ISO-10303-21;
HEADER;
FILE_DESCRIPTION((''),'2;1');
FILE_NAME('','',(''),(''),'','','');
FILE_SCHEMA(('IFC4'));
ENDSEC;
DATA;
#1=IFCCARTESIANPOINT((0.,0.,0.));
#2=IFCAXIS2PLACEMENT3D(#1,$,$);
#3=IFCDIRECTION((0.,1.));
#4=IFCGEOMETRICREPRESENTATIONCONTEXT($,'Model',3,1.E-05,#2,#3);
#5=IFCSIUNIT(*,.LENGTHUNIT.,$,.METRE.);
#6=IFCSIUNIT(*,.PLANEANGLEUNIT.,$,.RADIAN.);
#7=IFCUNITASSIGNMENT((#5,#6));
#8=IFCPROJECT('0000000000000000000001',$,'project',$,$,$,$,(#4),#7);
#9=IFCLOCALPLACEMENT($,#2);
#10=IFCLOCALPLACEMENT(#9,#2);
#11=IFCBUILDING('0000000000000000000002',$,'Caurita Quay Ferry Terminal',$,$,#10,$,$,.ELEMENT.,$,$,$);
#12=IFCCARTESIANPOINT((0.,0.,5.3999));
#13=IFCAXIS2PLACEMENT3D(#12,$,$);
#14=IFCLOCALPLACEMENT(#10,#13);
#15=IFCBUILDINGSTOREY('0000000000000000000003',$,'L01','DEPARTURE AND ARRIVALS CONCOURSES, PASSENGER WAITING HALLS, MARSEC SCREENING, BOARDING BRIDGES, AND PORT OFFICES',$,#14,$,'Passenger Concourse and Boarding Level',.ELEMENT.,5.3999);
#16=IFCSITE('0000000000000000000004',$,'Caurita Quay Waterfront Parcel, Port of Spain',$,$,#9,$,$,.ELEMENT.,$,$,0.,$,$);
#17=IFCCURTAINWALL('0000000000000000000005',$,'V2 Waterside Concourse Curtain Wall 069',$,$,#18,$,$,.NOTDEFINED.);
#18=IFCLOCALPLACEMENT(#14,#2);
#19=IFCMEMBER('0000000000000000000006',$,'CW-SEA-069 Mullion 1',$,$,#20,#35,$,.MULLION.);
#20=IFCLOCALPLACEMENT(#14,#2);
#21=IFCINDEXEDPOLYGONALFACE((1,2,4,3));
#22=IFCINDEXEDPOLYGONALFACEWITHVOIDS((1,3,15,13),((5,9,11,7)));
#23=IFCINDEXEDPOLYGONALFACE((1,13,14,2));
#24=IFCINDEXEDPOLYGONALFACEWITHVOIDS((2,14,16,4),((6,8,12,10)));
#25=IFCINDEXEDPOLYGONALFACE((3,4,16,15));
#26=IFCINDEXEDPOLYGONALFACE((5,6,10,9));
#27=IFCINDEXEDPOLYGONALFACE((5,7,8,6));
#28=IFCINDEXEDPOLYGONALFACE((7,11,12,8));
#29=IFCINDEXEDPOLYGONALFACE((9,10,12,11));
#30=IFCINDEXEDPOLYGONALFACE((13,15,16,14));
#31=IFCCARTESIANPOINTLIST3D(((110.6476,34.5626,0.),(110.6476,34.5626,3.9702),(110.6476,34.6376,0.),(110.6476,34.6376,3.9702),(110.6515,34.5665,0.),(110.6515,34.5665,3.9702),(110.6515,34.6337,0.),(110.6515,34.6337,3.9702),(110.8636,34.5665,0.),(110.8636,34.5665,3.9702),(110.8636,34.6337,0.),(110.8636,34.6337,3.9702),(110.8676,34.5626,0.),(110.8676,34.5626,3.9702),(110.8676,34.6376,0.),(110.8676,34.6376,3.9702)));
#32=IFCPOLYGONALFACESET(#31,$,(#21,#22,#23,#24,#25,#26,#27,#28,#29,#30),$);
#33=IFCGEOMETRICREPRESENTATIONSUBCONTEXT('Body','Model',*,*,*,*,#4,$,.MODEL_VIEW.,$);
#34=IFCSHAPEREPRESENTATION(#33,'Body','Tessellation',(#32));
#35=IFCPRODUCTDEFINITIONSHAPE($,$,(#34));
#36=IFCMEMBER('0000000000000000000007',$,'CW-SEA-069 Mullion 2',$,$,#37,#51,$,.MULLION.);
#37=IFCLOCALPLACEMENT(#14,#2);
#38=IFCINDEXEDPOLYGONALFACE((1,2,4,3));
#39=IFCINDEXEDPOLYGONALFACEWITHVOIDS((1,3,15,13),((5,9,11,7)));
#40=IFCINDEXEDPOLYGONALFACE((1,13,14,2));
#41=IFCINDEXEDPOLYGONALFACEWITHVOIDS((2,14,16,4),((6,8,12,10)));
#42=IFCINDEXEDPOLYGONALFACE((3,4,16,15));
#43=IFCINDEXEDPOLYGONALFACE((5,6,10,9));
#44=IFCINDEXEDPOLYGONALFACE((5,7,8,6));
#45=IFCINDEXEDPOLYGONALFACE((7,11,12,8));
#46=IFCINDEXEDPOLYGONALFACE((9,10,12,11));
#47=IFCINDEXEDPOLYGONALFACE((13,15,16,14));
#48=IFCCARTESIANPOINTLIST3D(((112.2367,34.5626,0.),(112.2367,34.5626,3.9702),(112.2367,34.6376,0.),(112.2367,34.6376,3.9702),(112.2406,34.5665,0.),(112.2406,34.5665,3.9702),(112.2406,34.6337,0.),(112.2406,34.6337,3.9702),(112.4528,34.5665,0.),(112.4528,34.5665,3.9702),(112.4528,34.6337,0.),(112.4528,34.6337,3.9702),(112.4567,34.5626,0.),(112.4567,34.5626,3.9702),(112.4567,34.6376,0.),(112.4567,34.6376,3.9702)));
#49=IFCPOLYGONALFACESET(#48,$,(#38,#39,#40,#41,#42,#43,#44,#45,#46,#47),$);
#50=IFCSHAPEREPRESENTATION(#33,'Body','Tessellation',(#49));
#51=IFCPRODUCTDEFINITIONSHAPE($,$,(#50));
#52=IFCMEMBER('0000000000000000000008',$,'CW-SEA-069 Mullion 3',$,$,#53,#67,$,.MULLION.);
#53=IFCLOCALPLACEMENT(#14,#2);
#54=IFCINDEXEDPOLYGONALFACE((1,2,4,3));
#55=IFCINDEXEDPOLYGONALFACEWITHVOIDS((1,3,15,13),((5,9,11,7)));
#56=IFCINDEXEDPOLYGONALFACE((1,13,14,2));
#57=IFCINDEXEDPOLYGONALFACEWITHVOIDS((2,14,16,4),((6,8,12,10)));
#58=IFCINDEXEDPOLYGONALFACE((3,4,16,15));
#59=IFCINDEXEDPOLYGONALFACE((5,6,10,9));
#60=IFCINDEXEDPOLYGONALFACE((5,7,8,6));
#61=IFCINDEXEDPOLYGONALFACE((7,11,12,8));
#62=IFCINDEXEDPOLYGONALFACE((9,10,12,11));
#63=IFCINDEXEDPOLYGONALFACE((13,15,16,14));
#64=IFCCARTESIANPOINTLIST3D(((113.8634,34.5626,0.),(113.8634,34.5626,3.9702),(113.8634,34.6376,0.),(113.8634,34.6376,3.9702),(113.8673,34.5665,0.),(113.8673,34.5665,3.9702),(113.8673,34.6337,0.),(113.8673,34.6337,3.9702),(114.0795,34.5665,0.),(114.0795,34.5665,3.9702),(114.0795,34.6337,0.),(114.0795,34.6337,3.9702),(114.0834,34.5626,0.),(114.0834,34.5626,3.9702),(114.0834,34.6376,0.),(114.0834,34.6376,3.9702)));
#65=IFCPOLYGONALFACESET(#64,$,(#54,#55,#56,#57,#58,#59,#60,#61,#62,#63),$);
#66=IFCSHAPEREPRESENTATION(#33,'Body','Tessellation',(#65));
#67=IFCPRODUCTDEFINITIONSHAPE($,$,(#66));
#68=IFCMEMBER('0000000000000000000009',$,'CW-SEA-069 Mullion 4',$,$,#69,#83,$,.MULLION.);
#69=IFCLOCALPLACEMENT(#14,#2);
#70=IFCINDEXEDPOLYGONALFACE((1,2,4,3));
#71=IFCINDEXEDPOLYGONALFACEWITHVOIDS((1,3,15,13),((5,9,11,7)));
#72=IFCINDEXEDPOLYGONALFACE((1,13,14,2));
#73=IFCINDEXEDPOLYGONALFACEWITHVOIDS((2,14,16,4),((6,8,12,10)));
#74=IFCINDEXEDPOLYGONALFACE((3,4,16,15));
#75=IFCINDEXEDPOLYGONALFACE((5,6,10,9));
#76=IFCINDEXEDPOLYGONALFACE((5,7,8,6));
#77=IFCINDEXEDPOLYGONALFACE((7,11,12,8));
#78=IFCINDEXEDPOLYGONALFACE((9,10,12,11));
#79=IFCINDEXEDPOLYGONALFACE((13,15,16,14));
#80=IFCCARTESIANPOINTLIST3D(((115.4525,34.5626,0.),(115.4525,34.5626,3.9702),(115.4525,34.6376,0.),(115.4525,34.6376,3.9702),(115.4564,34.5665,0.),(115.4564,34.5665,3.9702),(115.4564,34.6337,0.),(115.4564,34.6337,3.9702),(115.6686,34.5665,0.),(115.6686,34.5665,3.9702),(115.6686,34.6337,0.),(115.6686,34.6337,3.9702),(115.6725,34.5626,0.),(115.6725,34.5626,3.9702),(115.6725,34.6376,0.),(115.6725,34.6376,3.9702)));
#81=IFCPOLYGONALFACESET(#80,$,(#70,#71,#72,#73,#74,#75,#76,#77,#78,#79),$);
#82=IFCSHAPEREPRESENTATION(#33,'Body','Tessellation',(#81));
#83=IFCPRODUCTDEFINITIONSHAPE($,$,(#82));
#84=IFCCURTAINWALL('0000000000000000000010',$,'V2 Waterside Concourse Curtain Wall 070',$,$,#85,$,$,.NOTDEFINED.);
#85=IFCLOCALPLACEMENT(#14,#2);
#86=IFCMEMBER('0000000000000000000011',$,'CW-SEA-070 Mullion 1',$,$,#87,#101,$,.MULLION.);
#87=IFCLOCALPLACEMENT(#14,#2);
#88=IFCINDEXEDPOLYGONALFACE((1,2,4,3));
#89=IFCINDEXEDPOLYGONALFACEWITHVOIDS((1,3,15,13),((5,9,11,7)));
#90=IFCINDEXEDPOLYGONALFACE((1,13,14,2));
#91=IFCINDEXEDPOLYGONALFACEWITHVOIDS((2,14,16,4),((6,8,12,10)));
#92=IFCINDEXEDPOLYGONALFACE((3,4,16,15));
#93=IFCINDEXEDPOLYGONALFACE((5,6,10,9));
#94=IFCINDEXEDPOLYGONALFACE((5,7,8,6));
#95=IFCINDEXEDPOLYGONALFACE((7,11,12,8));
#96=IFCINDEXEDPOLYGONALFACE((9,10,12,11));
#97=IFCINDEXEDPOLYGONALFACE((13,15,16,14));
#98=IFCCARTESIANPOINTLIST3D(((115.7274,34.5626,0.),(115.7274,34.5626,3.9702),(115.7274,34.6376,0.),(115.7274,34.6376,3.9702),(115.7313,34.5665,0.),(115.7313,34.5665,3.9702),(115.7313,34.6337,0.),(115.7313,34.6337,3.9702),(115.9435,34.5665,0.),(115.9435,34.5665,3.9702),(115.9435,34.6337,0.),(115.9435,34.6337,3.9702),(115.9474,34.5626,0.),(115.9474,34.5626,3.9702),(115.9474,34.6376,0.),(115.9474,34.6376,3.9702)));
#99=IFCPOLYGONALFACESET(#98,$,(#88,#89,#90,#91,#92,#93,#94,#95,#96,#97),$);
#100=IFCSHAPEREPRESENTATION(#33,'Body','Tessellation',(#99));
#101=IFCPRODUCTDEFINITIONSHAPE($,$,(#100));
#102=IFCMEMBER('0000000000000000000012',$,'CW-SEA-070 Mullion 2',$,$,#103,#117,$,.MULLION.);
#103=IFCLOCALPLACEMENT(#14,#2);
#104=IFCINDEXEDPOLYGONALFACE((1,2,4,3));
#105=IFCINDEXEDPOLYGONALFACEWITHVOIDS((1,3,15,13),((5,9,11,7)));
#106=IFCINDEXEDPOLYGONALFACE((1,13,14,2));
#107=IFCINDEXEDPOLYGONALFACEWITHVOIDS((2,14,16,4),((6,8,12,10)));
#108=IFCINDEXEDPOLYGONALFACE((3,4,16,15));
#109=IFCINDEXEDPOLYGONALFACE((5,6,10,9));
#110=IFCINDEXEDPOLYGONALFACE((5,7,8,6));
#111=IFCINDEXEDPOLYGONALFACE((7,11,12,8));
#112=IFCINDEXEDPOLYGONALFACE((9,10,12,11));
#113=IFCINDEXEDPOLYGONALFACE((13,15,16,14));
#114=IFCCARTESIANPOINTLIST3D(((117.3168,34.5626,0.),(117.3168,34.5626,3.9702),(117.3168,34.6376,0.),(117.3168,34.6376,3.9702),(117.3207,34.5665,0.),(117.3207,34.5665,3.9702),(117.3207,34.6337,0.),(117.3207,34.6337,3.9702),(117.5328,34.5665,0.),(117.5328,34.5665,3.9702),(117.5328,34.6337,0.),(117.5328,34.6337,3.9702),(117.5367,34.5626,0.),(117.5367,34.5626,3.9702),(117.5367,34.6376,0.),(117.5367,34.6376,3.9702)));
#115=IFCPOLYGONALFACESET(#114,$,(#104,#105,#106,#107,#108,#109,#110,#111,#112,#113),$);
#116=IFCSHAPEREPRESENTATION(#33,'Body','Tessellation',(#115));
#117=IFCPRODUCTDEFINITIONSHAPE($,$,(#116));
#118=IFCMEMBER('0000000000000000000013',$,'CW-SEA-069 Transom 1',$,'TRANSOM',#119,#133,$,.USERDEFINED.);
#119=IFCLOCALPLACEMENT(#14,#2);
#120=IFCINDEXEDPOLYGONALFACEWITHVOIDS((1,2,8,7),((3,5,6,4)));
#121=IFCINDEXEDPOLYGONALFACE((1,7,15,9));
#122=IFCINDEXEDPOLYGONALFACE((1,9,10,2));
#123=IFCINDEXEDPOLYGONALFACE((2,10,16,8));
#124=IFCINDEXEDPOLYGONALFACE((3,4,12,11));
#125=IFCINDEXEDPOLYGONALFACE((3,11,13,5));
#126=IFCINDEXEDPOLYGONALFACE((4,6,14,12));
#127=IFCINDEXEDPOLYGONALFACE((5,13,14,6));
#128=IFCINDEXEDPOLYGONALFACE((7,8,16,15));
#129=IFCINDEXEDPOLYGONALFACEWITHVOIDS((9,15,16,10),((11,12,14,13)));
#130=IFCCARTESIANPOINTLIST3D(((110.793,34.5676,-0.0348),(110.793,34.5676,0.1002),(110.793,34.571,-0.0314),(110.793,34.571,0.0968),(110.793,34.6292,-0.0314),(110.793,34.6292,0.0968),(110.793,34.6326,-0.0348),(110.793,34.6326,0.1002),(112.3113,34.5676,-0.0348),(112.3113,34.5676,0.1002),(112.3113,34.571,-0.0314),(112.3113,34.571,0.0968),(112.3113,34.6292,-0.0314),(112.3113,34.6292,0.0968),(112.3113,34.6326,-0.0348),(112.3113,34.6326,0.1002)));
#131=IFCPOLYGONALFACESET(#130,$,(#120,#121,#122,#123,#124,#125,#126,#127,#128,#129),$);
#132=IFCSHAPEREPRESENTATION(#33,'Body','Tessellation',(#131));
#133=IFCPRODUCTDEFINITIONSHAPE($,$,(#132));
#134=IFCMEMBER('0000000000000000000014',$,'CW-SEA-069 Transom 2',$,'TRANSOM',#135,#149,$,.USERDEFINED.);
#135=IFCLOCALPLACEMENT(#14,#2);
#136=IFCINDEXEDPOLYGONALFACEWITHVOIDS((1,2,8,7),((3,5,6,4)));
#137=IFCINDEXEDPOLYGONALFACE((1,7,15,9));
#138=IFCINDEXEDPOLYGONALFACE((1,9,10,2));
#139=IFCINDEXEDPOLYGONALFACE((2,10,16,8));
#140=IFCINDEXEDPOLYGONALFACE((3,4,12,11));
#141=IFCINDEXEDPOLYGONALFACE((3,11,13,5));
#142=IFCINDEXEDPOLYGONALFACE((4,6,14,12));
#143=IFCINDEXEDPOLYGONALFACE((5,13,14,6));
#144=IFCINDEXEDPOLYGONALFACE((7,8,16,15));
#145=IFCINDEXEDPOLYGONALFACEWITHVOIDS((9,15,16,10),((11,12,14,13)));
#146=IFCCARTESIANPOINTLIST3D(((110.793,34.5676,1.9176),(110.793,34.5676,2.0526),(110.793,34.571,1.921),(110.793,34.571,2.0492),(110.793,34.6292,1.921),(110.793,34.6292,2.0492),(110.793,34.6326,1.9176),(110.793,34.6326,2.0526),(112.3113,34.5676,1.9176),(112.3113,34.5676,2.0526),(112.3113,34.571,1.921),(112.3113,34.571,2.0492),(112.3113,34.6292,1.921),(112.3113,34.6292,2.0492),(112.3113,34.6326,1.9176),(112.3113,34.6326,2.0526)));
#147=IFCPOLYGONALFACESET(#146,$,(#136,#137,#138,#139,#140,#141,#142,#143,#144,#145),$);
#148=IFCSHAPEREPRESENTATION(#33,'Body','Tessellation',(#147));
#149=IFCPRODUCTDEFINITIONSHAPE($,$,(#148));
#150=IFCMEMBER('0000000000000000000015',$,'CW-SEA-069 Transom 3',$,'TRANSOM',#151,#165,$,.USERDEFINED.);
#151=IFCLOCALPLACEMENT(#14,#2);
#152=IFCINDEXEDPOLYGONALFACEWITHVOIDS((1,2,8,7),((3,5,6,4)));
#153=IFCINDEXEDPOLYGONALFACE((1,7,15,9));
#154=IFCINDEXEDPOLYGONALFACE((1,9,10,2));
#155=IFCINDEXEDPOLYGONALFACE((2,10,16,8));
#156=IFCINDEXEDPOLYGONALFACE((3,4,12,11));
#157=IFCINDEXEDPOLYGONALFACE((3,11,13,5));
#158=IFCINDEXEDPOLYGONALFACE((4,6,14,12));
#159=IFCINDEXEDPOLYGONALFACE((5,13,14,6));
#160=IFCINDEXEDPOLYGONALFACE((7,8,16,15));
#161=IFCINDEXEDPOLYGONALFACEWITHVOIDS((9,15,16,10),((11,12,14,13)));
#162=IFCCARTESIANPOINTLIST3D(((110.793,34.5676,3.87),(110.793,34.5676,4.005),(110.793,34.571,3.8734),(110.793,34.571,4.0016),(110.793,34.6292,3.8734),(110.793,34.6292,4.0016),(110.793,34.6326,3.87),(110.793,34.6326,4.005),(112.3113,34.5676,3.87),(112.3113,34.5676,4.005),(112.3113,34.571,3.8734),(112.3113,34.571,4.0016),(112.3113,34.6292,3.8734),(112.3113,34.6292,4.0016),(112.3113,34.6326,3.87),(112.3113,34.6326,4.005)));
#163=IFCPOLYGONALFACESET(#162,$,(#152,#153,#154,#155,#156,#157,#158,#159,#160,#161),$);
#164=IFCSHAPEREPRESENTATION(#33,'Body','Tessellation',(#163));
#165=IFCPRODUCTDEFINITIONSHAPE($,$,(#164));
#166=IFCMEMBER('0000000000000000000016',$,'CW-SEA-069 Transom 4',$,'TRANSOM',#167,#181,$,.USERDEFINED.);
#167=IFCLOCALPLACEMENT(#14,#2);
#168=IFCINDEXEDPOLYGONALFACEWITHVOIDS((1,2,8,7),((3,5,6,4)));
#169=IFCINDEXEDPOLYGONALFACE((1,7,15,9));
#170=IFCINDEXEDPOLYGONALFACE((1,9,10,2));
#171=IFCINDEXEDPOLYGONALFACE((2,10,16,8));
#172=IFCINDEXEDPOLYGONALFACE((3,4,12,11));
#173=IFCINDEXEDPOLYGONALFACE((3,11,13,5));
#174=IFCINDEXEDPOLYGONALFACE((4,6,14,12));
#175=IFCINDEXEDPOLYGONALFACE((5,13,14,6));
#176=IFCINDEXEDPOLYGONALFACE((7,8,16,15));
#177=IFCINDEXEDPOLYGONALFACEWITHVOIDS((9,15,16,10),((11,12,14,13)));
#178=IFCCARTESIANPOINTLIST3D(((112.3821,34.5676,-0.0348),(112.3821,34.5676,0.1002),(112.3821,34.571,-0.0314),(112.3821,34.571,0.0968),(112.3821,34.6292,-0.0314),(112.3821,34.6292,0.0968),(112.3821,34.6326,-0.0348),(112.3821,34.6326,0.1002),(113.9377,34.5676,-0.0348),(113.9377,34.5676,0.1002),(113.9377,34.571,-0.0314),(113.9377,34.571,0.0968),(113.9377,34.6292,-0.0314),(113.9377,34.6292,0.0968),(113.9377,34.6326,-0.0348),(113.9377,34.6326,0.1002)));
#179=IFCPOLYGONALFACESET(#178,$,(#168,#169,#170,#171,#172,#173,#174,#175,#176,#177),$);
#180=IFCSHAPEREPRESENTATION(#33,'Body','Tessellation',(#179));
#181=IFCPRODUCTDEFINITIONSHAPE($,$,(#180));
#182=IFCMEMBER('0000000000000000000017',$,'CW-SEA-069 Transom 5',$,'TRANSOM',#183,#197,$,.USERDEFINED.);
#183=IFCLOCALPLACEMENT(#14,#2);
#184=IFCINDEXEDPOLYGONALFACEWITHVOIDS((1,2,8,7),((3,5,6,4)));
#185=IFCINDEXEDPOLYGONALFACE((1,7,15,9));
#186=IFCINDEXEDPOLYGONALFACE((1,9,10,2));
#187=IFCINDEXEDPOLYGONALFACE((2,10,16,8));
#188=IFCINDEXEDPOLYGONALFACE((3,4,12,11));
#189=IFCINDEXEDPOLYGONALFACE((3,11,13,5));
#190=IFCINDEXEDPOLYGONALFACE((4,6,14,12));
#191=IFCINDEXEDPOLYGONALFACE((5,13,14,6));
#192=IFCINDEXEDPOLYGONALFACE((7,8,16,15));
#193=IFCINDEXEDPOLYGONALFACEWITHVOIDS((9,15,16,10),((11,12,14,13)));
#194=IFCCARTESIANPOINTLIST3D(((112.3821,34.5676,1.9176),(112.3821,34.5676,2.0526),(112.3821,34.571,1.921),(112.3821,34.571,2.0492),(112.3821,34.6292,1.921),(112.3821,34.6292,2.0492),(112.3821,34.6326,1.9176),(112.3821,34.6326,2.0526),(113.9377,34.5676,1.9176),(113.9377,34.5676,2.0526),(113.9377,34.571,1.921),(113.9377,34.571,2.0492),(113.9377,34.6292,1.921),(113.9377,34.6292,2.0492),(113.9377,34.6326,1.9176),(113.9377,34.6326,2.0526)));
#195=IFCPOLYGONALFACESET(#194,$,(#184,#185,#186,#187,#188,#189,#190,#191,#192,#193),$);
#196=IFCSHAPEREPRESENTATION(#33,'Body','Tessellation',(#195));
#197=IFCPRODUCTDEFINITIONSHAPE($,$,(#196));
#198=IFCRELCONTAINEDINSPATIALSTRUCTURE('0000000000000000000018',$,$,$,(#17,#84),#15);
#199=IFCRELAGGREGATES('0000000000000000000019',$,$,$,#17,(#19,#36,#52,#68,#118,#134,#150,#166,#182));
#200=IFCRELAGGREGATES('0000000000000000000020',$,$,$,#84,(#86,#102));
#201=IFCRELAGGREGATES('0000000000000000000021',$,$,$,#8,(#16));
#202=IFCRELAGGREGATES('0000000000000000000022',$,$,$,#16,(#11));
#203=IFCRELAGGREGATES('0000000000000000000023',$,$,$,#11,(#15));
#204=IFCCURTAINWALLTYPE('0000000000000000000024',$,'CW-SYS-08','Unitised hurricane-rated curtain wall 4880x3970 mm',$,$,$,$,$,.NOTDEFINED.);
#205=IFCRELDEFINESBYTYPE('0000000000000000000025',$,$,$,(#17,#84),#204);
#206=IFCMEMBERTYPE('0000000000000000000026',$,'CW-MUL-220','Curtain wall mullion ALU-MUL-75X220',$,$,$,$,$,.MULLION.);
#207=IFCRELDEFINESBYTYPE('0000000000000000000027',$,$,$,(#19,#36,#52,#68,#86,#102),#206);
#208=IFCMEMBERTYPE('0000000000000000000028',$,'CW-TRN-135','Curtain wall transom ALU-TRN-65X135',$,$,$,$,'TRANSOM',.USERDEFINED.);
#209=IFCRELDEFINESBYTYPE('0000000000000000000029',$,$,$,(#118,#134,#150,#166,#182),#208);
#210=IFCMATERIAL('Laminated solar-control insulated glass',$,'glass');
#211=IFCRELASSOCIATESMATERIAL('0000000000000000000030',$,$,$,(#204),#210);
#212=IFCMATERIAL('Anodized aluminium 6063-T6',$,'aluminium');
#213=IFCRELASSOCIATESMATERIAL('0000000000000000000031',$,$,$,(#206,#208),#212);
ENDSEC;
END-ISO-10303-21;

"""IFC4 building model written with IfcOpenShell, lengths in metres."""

from ifc_helpers import new_model, si_unit, direction, frame, origin, origin_2d, place, context, subcontext, project, spatial, hollow_rectangle, extrude, material, material_profile, profile_set, type_object, element, aggregate, save


model = new_model("IFC4")

# Units and contexts
model_context = context("Model", 3, precision=1e-05, world=origin(), true_north=direction((0.0, 1.0)))
body_context = subcontext(model_context, "Body", "Model", "MODEL_VIEW")
ifc_project = project(units=[si_unit("LENGTHUNIT", "METRE"), si_unit("PLANEANGLEUNIT", "RADIAN")], contexts=[model_context])

# Site, building, storey
site_placement = place(None, origin())
site = spatial("IfcSite", under=ifc_project, at=site_placement, Name="Caurita Quay Waterfront Parcel, Port of Spain", CompositionType="ELEMENT", RefElevation=0.0)
building_placement = place(site_placement, origin())
building = spatial("IfcBuilding", under=site, at=building_placement, Name="Caurita Quay Ferry Terminal", CompositionType="ELEMENT")
storey_placement = place(building_placement, frame((0.0, 0.0, 5.3999)))
storey = spatial("IfcBuildingStorey", under=building, at=storey_placement, Name="L01", Description="DEPARTURE AND ARRIVALS CONCOURSES, PASSENGER WAITING HALLS, MARSEC SCREENING, BOARDING BRIDGES, AND PORT OFFICES", LongName="Passenger Concourse and Boarding Level", CompositionType="ELEMENT", Elevation=5.3999)

# Curtain walls, members
ifc_material_1 = material(Name="Laminated solar-control insulated glass", Category="glass")
curtain_wall_type = type_object("IfcCurtainWallType", Name="CW-SYS-08", Description="Unitised hurricane-rated curtain wall 4880x3970 mm", PredefinedType="NOTDEFINED", material=ifc_material_1)
curtain_wall_1_placement = place(storey_placement, origin())
curtain_wall_1 = element("IfcCurtainWall", 1, at=curtain_wall_1_placement, inside=storey, type_object=curtain_wall_type, Name="V2 Waterside Concourse Curtain Wall 069", PredefinedType="NOTDEFINED")
ifc_material_2 = material(Name="Anodized aluminium 6063-T6", Category="aluminium")
ifc_material_profile_1 = material_profile(ifc_material_2, hollow_rectangle(XDim=0.075, YDim=0.22, WallThickness=0.0039, at=origin_2d()), Name="ALU-MUL-75X220")
ifc_profile_set_1 = profile_set([ifc_material_profile_1], Name="Anodized aluminium 6063-T6")
member_type_1 = type_object("IfcMemberType", Name="CW-MUL-220", Description="Curtain wall mullion ALU-MUL-75X220", PredefinedType="MULLION", material=ifc_profile_set_1)
member_1_placement = place(storey_placement, frame((110.7576, 34.6001, 0.0), z_axis=(0.0, 0.0, 1.0), x_axis=(0.0, 1.0, 0.0)))
member_1 = element("IfcMember", 2, at=member_1_placement, type_object=member_type_1, Name="CW-SEA-069 Mullion 1", PredefinedType="MULLION", context=body_context, shape_type="SweptSolid", body=[
    extrude(hollow_rectangle(XDim=0.075, YDim=0.22, WallThickness=0.0039, at=origin_2d()), origin(), (0.0, 0.0, 1.0), 3.9702),
])
member_2_placement = place(storey_placement, frame((112.3467, 34.6001, 0.0), z_axis=(0.0, 0.0, 1.0), x_axis=(0.0, 1.0, 0.0)))
member_2 = element("IfcMember", 3, at=member_2_placement, type_object=member_type_1, Name="CW-SEA-069 Mullion 2", PredefinedType="MULLION", context=body_context, shape_type="SweptSolid", body=[
    extrude(hollow_rectangle(XDim=0.075, YDim=0.22, WallThickness=0.0039, at=origin_2d()), origin(), (0.0, 0.0, 1.0), 3.9702),
])
member_3_placement = place(storey_placement, frame((113.9734, 34.6001, 0.0), z_axis=(0.0, 0.0, 1.0), x_axis=(0.0, 1.0, 0.0)))
member_3 = element("IfcMember", 4, at=member_3_placement, type_object=member_type_1, Name="CW-SEA-069 Mullion 3", PredefinedType="MULLION", context=body_context, shape_type="SweptSolid", body=[
    extrude(hollow_rectangle(XDim=0.075, YDim=0.22, WallThickness=0.0039, at=origin_2d()), origin(), (0.0, 0.0, 1.0), 3.9702),
])
member_4_placement = place(storey_placement, frame((115.5625, 34.6001, 0.0), z_axis=(0.0, 0.0, 1.0), x_axis=(0.0, 1.0, 0.0)))
member_4 = element("IfcMember", 5, at=member_4_placement, type_object=member_type_1, Name="CW-SEA-069 Mullion 4", PredefinedType="MULLION", context=body_context, shape_type="SweptSolid", body=[
    extrude(hollow_rectangle(XDim=0.075, YDim=0.22, WallThickness=0.0039, at=origin_2d()), origin(), (0.0, 0.0, 1.0), 3.9702),
])
curtain_wall_2_placement = place(storey_placement, origin())
curtain_wall_2 = element("IfcCurtainWall", 6, at=curtain_wall_2_placement, inside=storey, type_object=curtain_wall_type, Name="V2 Waterside Concourse Curtain Wall 070", PredefinedType="NOTDEFINED")
member_5_placement = place(storey_placement, frame((115.8374, 34.6001, 0.0), z_axis=(0.0, 0.0, 1.0), x_axis=(0.0, 1.0, 0.0)))
member_5 = element("IfcMember", 7, at=member_5_placement, type_object=member_type_1, Name="CW-SEA-070 Mullion 1", PredefinedType="MULLION", context=body_context, shape_type="SweptSolid", body=[
    extrude(hollow_rectangle(XDim=0.075, YDim=0.22, WallThickness=0.0039, at=origin_2d()), origin(), (0.0, 0.0, 1.0), 3.9702),
])
member_6_placement = place(storey_placement, frame((117.4268, 34.6001, 0.0), z_axis=(0.0, 0.0, 1.0), x_axis=(0.0, 1.0, 0.0)))
member_6 = element("IfcMember", 8, at=member_6_placement, type_object=member_type_1, Name="CW-SEA-070 Mullion 2", PredefinedType="MULLION", context=body_context, shape_type="SweptSolid", body=[
    extrude(hollow_rectangle(XDim=0.075, YDim=0.22, WallThickness=0.0039, at=origin_2d()), origin(), (0.0, 0.0, 1.0), 3.9702),
])

# Members
ifc_material_profile_2 = material_profile(ifc_material_2, hollow_rectangle(XDim=0.0649, YDim=0.135, WallThickness=0.0034, at=origin_2d()), Name="ALU-TRN-65X135")
ifc_profile_set_2 = profile_set([ifc_material_profile_2], Name="Anodized aluminium 6063-T6")
member_type_2 = type_object("IfcMemberType", Name="CW-TRN-135", Description="Curtain wall transom ALU-TRN-65X135", ElementType="TRANSOM", PredefinedType="USERDEFINED", material=ifc_profile_set_2)
member_7_placement = place(storey_placement, frame((110.793, 34.6001, 0.0327), z_axis=(1.0, 0.0, 0.0), x_axis=(0.0, 1.0, 0.0)))
member_7 = element("IfcMember", 9, at=member_7_placement, type_object=member_type_2, Name="CW-SEA-069 Transom 1", ObjectType="TRANSOM", PredefinedType="USERDEFINED", context=body_context, shape_type="SweptSolid", body=[
    extrude(hollow_rectangle(XDim=0.0649, YDim=0.135, WallThickness=0.0034, at=origin_2d()), origin(), (0.0, 0.0, 1.0), 1.5183),
])
member_8_placement = place(storey_placement, frame((110.793, 34.6001, 1.9851), z_axis=(1.0, 0.0, 0.0), x_axis=(0.0, 1.0, 0.0)))
member_8 = element("IfcMember", 10, at=member_8_placement, type_object=member_type_2, Name="CW-SEA-069 Transom 2", ObjectType="TRANSOM", PredefinedType="USERDEFINED", context=body_context, shape_type="SweptSolid", body=[
    extrude(hollow_rectangle(XDim=0.0649, YDim=0.135, WallThickness=0.0034, at=origin_2d()), origin(), (0.0, 0.0, 1.0), 1.5183),
])
member_9_placement = place(storey_placement, frame((110.793, 34.6001, 3.9375), z_axis=(1.0, 0.0, 0.0), x_axis=(0.0, 1.0, 0.0)))
member_9 = element("IfcMember", 11, at=member_9_placement, type_object=member_type_2, Name="CW-SEA-069 Transom 3", ObjectType="TRANSOM", PredefinedType="USERDEFINED", context=body_context, shape_type="SweptSolid", body=[
    extrude(hollow_rectangle(XDim=0.0649, YDim=0.135, WallThickness=0.0034, at=origin_2d()), origin(), (0.0, 0.0, 1.0), 1.5183),
])
member_10_placement = place(storey_placement, frame((112.3821, 34.6001, 0.0327), z_axis=(1.0, 0.0, 0.0), x_axis=(0.0, 1.0, 0.0)))
member_10 = element("IfcMember", 12, at=member_10_placement, type_object=member_type_2, Name="CW-SEA-069 Transom 4", ObjectType="TRANSOM", PredefinedType="USERDEFINED", context=body_context, shape_type="SweptSolid", body=[
    extrude(hollow_rectangle(XDim=0.0649, YDim=0.135, WallThickness=0.0034, at=origin_2d()), origin(), (0.0, 0.0, 1.0), 1.5557),
])
member_11_placement = place(storey_placement, frame((112.3821, 34.6001, 1.9851), z_axis=(1.0, 0.0, 0.0), x_axis=(0.0, 1.0, 0.0)))
member_11 = element("IfcMember", 13, at=member_11_placement, type_object=member_type_2, Name="CW-SEA-069 Transom 5", ObjectType="TRANSOM", PredefinedType="USERDEFINED", context=body_context, shape_type="SweptSolid", body=[
    extrude(hollow_rectangle(XDim=0.0649, YDim=0.135, WallThickness=0.0034, at=origin_2d()), origin(), (0.0, 0.0, 1.0), 1.5557),
])

aggregate(curtain_wall_1, [member_1, member_2, member_3, member_4, member_7, member_8, member_9, member_10, member_11])
aggregate(curtain_wall_2, [member_5, member_6])

save(model, "model.ifc")
